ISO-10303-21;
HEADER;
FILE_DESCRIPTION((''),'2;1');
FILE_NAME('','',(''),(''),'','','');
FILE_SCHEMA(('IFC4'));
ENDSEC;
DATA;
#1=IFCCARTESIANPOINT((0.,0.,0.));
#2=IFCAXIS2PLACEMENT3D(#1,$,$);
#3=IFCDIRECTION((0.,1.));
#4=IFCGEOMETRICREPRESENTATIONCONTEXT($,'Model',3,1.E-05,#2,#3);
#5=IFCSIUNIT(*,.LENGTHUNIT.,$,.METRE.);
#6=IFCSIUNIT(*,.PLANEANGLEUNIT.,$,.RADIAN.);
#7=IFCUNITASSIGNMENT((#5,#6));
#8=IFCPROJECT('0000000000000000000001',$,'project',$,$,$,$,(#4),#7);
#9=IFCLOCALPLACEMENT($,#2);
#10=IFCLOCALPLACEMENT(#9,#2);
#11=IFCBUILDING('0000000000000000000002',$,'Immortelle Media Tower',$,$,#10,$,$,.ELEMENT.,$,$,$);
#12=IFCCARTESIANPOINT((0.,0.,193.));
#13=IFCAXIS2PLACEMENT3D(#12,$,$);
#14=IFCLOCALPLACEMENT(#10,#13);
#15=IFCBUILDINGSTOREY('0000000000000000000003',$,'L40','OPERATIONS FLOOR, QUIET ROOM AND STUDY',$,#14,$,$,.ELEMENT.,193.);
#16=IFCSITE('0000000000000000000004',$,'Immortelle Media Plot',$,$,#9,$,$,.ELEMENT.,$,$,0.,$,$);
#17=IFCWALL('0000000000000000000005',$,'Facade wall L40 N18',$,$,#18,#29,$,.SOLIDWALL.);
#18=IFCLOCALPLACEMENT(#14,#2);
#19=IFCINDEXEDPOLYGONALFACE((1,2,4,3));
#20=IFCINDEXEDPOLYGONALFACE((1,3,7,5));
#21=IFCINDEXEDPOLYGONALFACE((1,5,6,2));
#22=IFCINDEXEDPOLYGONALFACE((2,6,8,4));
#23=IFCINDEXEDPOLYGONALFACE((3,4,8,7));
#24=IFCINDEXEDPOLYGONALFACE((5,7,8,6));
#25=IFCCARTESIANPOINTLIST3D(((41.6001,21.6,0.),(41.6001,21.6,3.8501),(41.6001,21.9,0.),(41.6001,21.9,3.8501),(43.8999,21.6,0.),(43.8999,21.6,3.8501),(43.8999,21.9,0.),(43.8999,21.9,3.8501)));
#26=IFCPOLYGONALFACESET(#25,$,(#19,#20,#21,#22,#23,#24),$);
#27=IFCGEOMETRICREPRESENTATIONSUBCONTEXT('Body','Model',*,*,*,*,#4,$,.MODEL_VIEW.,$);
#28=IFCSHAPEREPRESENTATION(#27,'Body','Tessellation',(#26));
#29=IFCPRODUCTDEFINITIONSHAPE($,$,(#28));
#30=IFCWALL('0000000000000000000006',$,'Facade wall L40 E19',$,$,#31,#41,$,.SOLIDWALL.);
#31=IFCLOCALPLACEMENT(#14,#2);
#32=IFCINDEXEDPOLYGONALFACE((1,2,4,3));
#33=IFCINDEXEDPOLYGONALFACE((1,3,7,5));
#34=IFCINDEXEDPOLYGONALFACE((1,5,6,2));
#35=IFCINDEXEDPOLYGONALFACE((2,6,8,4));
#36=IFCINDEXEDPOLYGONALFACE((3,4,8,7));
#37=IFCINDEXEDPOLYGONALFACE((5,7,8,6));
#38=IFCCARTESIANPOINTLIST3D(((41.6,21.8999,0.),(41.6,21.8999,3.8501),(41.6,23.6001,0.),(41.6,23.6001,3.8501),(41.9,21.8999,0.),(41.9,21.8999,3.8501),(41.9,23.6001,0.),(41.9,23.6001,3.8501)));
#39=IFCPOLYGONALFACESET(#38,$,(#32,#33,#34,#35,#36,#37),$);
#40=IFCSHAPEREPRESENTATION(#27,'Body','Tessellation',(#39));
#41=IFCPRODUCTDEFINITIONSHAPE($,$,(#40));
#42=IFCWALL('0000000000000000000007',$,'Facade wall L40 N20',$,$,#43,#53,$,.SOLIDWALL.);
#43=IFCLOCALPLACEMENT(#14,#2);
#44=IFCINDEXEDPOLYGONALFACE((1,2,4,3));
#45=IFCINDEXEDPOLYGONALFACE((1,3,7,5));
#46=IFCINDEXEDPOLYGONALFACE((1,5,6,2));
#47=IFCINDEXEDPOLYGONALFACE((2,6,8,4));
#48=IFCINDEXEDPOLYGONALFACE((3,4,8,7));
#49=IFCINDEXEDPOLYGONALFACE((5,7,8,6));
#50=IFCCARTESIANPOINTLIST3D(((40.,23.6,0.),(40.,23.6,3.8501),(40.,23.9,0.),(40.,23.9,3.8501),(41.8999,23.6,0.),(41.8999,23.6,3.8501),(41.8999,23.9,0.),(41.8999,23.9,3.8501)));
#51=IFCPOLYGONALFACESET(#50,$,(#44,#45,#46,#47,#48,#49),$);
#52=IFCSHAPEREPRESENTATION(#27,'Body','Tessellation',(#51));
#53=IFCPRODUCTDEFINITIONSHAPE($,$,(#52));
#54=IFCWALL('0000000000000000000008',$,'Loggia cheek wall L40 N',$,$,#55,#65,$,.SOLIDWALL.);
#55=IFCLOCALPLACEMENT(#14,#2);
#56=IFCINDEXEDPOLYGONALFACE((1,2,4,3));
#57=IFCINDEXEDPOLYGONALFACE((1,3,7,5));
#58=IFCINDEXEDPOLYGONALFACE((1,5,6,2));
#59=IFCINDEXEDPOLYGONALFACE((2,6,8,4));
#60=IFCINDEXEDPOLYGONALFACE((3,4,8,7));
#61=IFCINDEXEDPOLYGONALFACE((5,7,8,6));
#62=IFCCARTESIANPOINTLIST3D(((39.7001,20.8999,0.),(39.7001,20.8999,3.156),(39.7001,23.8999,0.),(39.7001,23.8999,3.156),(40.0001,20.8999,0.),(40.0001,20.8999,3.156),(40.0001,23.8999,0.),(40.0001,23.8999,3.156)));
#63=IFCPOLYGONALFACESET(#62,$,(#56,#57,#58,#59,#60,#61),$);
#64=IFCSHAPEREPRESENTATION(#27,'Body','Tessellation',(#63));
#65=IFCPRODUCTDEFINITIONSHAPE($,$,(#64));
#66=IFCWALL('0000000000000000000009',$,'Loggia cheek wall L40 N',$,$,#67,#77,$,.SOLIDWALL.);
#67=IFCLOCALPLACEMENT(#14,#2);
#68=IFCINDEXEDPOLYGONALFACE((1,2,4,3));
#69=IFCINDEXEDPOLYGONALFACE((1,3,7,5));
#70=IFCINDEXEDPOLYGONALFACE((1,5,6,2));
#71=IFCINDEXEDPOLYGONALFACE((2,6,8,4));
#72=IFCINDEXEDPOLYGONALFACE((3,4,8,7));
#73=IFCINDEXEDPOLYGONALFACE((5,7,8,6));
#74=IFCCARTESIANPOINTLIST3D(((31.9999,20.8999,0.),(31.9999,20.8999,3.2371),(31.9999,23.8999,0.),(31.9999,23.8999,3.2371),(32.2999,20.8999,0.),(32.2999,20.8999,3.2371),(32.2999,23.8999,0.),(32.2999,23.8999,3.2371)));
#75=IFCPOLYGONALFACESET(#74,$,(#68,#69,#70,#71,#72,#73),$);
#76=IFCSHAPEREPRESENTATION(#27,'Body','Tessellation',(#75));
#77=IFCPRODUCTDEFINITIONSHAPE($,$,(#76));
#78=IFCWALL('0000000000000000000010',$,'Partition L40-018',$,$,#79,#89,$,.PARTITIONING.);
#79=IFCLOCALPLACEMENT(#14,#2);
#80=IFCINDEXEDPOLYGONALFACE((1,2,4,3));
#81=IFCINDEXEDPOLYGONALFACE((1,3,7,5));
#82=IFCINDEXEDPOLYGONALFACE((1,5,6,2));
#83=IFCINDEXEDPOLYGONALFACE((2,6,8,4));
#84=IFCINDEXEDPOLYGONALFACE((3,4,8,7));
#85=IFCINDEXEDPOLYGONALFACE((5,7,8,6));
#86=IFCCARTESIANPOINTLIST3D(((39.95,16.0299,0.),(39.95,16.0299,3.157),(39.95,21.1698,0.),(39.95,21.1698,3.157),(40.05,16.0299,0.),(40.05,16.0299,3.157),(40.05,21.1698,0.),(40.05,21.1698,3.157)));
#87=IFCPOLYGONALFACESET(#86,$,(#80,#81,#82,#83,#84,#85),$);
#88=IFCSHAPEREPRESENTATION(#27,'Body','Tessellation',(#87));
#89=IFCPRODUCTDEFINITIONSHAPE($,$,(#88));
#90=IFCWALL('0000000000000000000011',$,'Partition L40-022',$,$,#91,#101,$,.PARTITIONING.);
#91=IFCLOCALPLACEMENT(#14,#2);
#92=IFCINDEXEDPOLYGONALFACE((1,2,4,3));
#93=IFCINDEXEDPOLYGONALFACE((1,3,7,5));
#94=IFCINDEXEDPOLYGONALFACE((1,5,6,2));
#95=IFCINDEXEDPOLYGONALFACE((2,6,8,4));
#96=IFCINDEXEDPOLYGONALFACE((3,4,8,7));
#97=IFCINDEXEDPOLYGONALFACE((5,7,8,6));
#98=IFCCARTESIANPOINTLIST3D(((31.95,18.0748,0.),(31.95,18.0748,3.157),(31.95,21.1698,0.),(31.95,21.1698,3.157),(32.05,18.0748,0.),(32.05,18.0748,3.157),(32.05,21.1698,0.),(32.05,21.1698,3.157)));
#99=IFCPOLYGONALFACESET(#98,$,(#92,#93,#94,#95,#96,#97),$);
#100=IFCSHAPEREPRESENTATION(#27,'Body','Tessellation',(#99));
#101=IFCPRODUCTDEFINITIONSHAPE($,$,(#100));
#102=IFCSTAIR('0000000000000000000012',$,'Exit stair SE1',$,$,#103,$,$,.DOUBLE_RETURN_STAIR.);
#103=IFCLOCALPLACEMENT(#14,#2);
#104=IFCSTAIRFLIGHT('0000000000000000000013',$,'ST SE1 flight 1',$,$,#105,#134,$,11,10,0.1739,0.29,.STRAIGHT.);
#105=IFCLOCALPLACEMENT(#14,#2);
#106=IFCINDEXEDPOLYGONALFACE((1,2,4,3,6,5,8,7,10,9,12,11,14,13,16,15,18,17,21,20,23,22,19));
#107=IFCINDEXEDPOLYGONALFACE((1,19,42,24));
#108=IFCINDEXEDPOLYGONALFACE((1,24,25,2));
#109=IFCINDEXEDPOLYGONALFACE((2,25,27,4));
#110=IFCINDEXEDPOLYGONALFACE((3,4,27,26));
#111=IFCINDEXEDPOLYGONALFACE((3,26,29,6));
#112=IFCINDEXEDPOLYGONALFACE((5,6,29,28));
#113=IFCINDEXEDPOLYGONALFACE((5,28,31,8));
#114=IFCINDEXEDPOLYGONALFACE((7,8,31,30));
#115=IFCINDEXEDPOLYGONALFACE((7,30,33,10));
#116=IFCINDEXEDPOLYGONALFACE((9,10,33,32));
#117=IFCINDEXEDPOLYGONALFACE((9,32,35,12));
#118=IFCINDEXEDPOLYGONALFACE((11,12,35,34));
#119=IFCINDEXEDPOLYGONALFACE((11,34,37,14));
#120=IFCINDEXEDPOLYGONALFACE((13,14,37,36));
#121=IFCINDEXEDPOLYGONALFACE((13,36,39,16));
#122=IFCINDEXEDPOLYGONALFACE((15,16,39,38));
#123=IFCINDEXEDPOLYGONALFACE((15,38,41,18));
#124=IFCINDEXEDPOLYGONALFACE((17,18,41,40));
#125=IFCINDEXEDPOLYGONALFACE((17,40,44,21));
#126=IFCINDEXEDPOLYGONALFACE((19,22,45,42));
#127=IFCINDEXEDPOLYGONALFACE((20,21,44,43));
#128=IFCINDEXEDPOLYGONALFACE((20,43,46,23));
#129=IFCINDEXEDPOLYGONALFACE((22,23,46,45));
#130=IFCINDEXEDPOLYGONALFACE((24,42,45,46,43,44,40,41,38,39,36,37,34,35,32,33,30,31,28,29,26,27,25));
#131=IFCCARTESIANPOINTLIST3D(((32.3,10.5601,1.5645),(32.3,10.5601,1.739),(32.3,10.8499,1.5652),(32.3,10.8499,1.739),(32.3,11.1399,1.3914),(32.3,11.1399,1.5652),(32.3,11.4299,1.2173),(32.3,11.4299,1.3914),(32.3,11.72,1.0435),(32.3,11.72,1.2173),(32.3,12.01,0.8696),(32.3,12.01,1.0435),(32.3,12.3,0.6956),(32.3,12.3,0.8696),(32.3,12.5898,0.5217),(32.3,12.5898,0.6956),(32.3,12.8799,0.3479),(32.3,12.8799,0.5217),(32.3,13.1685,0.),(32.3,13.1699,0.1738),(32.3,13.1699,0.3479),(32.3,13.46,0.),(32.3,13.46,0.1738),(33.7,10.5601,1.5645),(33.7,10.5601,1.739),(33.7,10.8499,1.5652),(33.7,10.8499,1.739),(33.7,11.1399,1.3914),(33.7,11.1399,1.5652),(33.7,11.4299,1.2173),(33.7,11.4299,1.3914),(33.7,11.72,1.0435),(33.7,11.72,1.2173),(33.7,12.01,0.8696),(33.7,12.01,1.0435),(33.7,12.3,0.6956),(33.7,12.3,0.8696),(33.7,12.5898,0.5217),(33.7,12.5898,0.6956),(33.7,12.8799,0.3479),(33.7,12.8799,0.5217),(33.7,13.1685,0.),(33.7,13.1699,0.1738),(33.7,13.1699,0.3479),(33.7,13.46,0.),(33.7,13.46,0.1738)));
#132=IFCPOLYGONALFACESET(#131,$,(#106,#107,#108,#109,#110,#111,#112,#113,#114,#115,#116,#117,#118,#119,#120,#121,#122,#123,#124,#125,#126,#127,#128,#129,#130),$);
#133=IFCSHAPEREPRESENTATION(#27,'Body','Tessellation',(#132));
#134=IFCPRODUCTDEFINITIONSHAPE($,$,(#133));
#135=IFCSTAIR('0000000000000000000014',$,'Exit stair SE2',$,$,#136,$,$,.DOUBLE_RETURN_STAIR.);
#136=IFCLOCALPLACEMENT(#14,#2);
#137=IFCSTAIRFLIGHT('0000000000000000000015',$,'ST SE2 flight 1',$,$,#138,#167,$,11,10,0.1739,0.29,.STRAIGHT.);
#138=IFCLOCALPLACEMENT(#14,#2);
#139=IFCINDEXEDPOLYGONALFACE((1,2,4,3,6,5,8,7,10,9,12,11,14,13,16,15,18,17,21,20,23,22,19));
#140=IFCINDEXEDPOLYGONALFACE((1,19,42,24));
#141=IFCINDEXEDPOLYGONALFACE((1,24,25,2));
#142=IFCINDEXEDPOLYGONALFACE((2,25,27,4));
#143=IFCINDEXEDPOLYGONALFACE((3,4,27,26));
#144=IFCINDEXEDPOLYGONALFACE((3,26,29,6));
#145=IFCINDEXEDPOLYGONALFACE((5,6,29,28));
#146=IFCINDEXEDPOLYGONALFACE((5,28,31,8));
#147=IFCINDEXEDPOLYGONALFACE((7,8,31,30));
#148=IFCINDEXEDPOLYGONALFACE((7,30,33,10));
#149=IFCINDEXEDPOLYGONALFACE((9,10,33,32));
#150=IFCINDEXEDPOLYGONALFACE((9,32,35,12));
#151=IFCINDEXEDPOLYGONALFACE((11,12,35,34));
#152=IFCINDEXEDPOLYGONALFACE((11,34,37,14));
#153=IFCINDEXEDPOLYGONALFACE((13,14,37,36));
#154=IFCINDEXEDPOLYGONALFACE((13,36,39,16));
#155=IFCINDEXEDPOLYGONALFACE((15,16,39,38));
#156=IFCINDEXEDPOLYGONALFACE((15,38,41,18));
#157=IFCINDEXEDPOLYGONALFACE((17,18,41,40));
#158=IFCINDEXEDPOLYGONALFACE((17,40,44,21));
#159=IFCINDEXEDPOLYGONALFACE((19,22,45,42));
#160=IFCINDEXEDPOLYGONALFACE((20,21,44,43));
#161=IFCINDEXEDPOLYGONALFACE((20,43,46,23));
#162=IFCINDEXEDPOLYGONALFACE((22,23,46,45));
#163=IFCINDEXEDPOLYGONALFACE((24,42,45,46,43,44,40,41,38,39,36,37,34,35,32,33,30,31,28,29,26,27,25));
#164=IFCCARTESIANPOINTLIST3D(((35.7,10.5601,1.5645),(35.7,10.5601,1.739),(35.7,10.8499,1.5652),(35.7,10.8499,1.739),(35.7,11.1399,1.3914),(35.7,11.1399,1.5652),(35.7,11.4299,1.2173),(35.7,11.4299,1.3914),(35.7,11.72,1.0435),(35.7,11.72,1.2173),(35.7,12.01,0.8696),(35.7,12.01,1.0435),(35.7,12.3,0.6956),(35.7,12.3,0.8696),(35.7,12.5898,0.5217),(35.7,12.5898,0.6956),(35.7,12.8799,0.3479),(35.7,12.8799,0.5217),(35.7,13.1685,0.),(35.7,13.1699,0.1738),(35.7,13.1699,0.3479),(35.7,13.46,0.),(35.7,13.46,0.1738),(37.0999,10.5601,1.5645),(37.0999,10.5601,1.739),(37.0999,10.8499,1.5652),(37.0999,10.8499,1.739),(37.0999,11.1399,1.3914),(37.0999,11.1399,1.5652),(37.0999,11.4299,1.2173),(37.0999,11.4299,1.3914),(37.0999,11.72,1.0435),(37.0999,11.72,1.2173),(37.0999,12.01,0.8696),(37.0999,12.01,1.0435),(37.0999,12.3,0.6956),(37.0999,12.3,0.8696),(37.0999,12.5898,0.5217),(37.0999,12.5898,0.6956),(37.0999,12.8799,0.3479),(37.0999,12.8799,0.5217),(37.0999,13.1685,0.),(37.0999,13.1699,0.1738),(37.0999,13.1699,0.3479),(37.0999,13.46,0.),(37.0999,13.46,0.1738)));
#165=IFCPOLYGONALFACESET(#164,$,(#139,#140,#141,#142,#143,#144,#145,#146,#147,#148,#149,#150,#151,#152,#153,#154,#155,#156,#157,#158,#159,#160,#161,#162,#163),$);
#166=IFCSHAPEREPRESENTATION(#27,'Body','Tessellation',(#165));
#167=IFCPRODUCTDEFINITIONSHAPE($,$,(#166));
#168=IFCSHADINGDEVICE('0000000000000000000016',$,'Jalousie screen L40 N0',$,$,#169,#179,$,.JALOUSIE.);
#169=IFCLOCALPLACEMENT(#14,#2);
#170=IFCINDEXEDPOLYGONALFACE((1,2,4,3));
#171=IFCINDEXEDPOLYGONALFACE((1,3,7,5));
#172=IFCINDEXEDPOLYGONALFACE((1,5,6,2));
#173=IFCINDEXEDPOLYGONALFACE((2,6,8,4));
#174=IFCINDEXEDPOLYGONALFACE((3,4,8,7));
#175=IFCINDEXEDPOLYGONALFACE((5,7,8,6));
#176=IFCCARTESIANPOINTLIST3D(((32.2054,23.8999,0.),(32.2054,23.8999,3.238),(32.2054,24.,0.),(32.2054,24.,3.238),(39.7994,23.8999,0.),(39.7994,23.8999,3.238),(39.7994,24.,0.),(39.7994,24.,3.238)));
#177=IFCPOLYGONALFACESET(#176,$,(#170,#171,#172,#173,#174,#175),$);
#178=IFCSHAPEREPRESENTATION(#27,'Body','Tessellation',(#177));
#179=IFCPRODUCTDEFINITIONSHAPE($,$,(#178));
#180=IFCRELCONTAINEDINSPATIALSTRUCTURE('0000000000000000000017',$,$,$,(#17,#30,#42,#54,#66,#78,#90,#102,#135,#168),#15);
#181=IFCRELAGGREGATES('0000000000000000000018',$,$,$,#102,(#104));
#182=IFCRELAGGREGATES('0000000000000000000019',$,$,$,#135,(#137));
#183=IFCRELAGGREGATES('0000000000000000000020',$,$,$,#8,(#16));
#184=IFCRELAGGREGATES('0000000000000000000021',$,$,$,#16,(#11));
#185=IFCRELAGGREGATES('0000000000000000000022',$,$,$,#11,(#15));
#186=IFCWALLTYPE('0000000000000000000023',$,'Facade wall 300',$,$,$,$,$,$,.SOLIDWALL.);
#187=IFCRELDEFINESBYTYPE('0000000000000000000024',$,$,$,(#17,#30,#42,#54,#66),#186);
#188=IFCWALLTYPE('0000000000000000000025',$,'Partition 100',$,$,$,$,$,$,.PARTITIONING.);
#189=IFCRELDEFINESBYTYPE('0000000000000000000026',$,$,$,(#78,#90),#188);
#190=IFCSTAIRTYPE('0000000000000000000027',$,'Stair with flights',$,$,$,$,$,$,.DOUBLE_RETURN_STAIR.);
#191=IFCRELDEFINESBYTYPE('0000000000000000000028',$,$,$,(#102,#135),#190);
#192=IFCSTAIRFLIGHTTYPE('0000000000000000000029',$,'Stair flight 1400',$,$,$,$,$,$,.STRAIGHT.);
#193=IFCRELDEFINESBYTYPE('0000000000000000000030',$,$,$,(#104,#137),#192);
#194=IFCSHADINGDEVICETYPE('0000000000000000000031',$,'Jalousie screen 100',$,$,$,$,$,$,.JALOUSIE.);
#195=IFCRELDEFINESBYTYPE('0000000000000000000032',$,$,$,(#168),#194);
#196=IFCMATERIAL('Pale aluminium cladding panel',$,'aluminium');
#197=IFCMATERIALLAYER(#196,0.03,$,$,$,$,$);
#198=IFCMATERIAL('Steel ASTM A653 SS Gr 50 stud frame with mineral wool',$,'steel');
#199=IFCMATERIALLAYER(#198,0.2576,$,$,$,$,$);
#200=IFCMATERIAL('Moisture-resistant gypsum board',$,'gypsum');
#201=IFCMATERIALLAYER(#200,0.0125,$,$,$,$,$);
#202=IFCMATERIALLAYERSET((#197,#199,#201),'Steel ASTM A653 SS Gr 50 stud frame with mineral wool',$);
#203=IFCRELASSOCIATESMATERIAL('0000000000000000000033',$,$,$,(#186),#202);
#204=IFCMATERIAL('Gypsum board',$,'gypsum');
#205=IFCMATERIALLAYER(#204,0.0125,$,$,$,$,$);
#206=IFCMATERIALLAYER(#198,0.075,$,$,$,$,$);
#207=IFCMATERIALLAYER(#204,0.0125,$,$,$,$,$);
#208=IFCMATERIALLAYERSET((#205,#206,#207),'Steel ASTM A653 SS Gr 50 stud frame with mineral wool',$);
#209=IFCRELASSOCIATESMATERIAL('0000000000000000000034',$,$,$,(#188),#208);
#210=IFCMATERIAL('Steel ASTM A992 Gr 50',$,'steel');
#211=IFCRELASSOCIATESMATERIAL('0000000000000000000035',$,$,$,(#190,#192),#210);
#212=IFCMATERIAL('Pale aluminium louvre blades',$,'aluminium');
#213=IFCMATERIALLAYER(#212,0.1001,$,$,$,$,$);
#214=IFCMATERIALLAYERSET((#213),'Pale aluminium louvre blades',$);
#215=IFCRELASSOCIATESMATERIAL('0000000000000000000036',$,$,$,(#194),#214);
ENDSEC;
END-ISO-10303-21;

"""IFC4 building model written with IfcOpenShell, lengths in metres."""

from ifc_helpers import new_model, si_unit, direction, frame, frame_2d, origin, origin_2d, place, context, subcontext, project, spatial, polyline, rectangle, outline, extrude, material, layer, layer_set, type_object, element, aggregate, save


model = new_model("IFC4")

# Units and contexts
model_context = context("Model", 3, precision=1e-05, world=origin(), true_north=direction((0.0, 1.0)))
body_context = subcontext(model_context, "Body", "Model", "MODEL_VIEW")
ifc_project = project(units=[si_unit("LENGTHUNIT", "METRE"), si_unit("PLANEANGLEUNIT", "RADIAN")], contexts=[model_context])

# Site, building, storey
site_placement = place(None, origin())
site = spatial("IfcSite", under=ifc_project, at=site_placement, Name="Immortelle Media Plot", CompositionType="ELEMENT", RefElevation=0.0)
building_placement = place(site_placement, origin())
building = spatial("IfcBuilding", under=site, at=building_placement, Name="Immortelle Media Tower", CompositionType="ELEMENT")
storey_placement = place(building_placement, frame((0.0, 0.0, 193.0)))
storey = spatial("IfcBuildingStorey", under=building, at=storey_placement, Name="L40", Description="OPERATIONS FLOOR, QUIET ROOM AND STUDY", CompositionType="ELEMENT", Elevation=193.0)

# Shared definitions
ifc_material_1 = material(Name="Steel ASTM A992 Gr 50", Category="steel")

# Walls
ifc_material_2 = material(Name="Steel ASTM A653 SS Gr 50 stud frame with mineral wool", Category="steel")
ifc_material_3 = material(Name="Pale aluminium cladding panel", Category="aluminium")
ifc_layer_1 = layer(ifc_material_3, 0.03)
ifc_layer_2 = layer(ifc_material_2, 0.2576)
ifc_material_4 = material(Name="Moisture-resistant gypsum board", Category="gypsum")
ifc_layer_3 = layer(ifc_material_4, 0.0125)
ifc_layer_set_1 = layer_set([ifc_layer_1, ifc_layer_2, ifc_layer_3], Name="Steel ASTM A653 SS Gr 50 stud frame with mineral wool")
wall_type_1 = type_object("IfcWallType", Name="Facade wall 300", PredefinedType="SOLIDWALL", material=ifc_layer_set_1)
wall_1_placement = place(storey_placement, frame((43.8999, 21.75, 0.0), z_axis=(0.0, 0.0, 1.0), x_axis=(-1.0, 0.0, 0.0)))
element("IfcWall", 1, at=wall_1_placement, inside=storey, type_object=wall_type_1, Name="Facade wall L40 N18", PredefinedType="SOLIDWALL", context=body_context, shape_type="SweptSolid", body=[
    extrude(rectangle(XDim=2.2998, YDim=0.3, at=frame_2d((1.1499, 0.0))), origin(), (0.0, 0.0, 1.0), 3.8501),
])
wall_2_placement = place(storey_placement, frame((41.75, 21.8999, 0.0), z_axis=(0.0, 0.0, 1.0), x_axis=(0.0, 1.0, 0.0)))
element("IfcWall", 2, at=wall_2_placement, inside=storey, type_object=wall_type_1, Name="Facade wall L40 E19", PredefinedType="SOLIDWALL", context=body_context, shape_type="SweptSolid", body=[
    extrude(rectangle(XDim=1.7002, YDim=0.3, at=frame_2d((0.8501, 0.0))), origin(), (0.0, 0.0, 1.0), 3.8501),
])
wall_3_placement = place(storey_placement, frame((41.8999, 23.75, 0.0), z_axis=(0.0, 0.0, 1.0), x_axis=(-1.0, 0.0, 0.0)))
element("IfcWall", 3, at=wall_3_placement, inside=storey, type_object=wall_type_1, Name="Facade wall L40 N20", PredefinedType="SOLIDWALL", context=body_context, shape_type="SweptSolid", body=[
    extrude(rectangle(XDim=1.8999, YDim=0.3, at=frame_2d((0.95, 0.0))), origin(), (0.0, 0.0, 1.0), 3.8501),
])

# Walls
wall_4_placement = place(storey_placement, frame((39.8501, 23.8999, 0.0), z_axis=(0.0, 0.0, 1.0), x_axis=(0.0, -1.0, 0.0)))
element("IfcWall", 4, at=wall_4_placement, inside=storey, type_object=wall_type_1, Name="Loggia cheek wall L40 N", PredefinedType="SOLIDWALL", context=body_context, shape_type="SweptSolid", body=[
    extrude(rectangle(XDim=3.0, YDim=0.3, at=frame_2d((1.5, 0.0))), origin(), (0.0, 0.0, 1.0), 3.156),
])
wall_5_placement = place(storey_placement, frame((32.1499, 23.8999, 0.0), z_axis=(0.0, 0.0, 1.0), x_axis=(0.0, -1.0, 0.0)))
element("IfcWall", 5, at=wall_5_placement, inside=storey, type_object=wall_type_1, Name="Loggia cheek wall L40 N", PredefinedType="SOLIDWALL", context=body_context, shape_type="SweptSolid", body=[
    extrude(rectangle(XDim=3.0, YDim=0.3, at=frame_2d((1.5, 0.0))), origin(), (0.0, 0.0, 1.0), 3.2371),
])
ifc_material_5 = material(Name="Gypsum board", Category="gypsum")
ifc_layer_4 = layer(ifc_material_5, 0.0125)
ifc_layer_5 = layer(ifc_material_2, 0.075)
ifc_layer_6 = layer(ifc_material_5, 0.0125)
ifc_layer_set_2 = layer_set([ifc_layer_4, ifc_layer_5, ifc_layer_6], Name="Steel ASTM A653 SS Gr 50 stud frame with mineral wool")
wall_type_2 = type_object("IfcWallType", Name="Partition 100", PredefinedType="PARTITIONING", material=ifc_layer_set_2)
wall_6_placement = place(storey_placement, frame((40.0, 16.03, 0.0), z_axis=(0.0, 0.0, 1.0), x_axis=(0.0, 1.0, 0.0)))
element("IfcWall", 6, at=wall_6_placement, inside=storey, type_object=wall_type_2, Name="Partition L40-018", PredefinedType="PARTITIONING", context=body_context, shape_type="SweptSolid", body=[
    extrude(rectangle(XDim=5.1399, YDim=0.1001, at=frame_2d((2.5698, 0.0))), origin(), (0.0, 0.0, 1.0), 3.157),
])
wall_7_placement = place(storey_placement, frame((32.0, 18.075, 0.0), z_axis=(0.0, 0.0, 1.0), x_axis=(0.0, 1.0, 0.0)))
element("IfcWall", 7, at=wall_7_placement, inside=storey, type_object=wall_type_2, Name="Partition L40-022", PredefinedType="PARTITIONING", context=body_context, shape_type="SweptSolid", body=[
    extrude(rectangle(XDim=3.095, YDim=0.1001, at=frame_2d((1.5474, 0.0))), origin(), (0.0, 0.0, 1.0), 3.157),
])

# Stairs, stair flights
stair_type = type_object("IfcStairType", Name="Stair with flights", PredefinedType="DOUBLE_RETURN_STAIR", material=ifc_material_1)
stair_1_placement = place(storey_placement, origin())
stair_1 = element("IfcStair", 8, at=stair_1_placement, inside=storey, type_object=stair_type, Name="Exit stair SE1", PredefinedType="DOUBLE_RETURN_STAIR")
stair_flight_type = type_object("IfcStairFlightType", Name="Stair flight 1400", PredefinedType="STRAIGHT", material=ifc_material_1)
stair_flight_1_placement = place(storey_placement, frame((33.0, 13.46, 0.0), z_axis=(0.0, 0.0, 1.0), x_axis=(0.0, -1.0, 0.0)))
stair_flight_1 = element("IfcStairFlight", 9, at=stair_flight_1_placement, type_object=stair_flight_type, Name="ST SE1 flight 1", NumberOfRisers=11, NumberOfTreads=10, PredefinedType="STRAIGHT", RiserHeight=0.1739, TreadLength=0.29, context=body_context, shape_type="SweptSolid", body=[
    extrude(outline(polyline([(0.0, 0.0), (0.0, 0.1738), (0.29, 0.1738), (0.29, 0.3479), (0.5801, 0.3479), (0.5801, 0.5217), (0.8701, 0.5217), (0.8701, 0.6956), (1.1599, 0.6956), (1.1599, 0.8696), (1.45, 0.8696), (1.45, 1.0435), (1.74, 1.0435), (1.74, 1.2173), (2.03, 1.2173), (2.03, 1.3914), (2.3201, 1.3914), (2.3201, 1.5652), (2.6101, 1.5652), (2.6101, 1.739), (2.8999, 1.739), (2.8999, 1.9131), (2.8999, 1.5645), (0.2915, 0.0), (0.0, 0.0)])), frame((0.0, 0.7, 0.0), z_axis=(0.0, -1.0, 0.0), x_axis=(1.0, 0.0, 0.0)), (0.0, 0.0, 1.0), 1.3999),
])
aggregate(stair_1, [stair_flight_1])
stair_2_placement = place(storey_placement, origin())
stair_2 = element("IfcStair", 10, at=stair_2_placement, inside=storey, type_object=stair_type, Name="Exit stair SE2", PredefinedType="DOUBLE_RETURN_STAIR")
stair_flight_2_placement = place(storey_placement, frame((36.3999, 13.46, 0.0), z_axis=(0.0, 0.0, 1.0), x_axis=(0.0, -1.0, 0.0)))
stair_flight_2 = element("IfcStairFlight", 11, at=stair_flight_2_placement, type_object=stair_flight_type, Name="ST SE2 flight 1", NumberOfRisers=11, NumberOfTreads=10, PredefinedType="STRAIGHT", RiserHeight=0.1739, TreadLength=0.29, context=body_context, shape_type="SweptSolid", body=[
    extrude(outline(polyline([(0.0, 0.0), (0.0, 0.1738), (0.29, 0.1738), (0.29, 0.3479), (0.5801, 0.3479), (0.5801, 0.5217), (0.8701, 0.5217), (0.8701, 0.6956), (1.1599, 0.6956), (1.1599, 0.8696), (1.45, 0.8696), (1.45, 1.0435), (1.74, 1.0435), (1.74, 1.2173), (2.03, 1.2173), (2.03, 1.3914), (2.3201, 1.3914), (2.3201, 1.5652), (2.6101, 1.5652), (2.6101, 1.739), (2.8999, 1.739), (2.8999, 1.9131), (2.8999, 1.5645), (0.2915, 0.0), (0.0, 0.0)])), frame((0.0, 0.7, 0.0), z_axis=(0.0, -1.0, 0.0), x_axis=(1.0, 0.0, 0.0)), (0.0, 0.0, 1.0), 1.3999),
])
aggregate(stair_2, [stair_flight_2])

# Shading device
ifc_material_6 = material(Name="Pale aluminium louvre blades", Category="aluminium")
ifc_layer_7 = layer(ifc_material_6, 0.1001)
ifc_layer_set_3 = layer_set([ifc_layer_7], Name="Pale aluminium louvre blades")
shading_device_type = type_object("IfcShadingDeviceType", Name="Jalousie screen 100", PredefinedType="JALOUSIE", material=ifc_layer_set_3)
shading_device_placement = place(storey_placement, frame((36.0024, 23.95, 0.0), z_axis=(0.0, 0.0, 1.0), x_axis=(-1.0, 0.0, 0.0)))
element("IfcShadingDevice", 12, at=shading_device_placement, inside=storey, type_object=shading_device_type, Name="Jalousie screen L40 N0", PredefinedType="JALOUSIE", context=body_context, shape_type="SweptSolid", body=[
    extrude(rectangle(XDim=7.594, YDim=0.1001, at=origin_2d()), origin(), (0.0, 0.0, 1.0), 3.238),
])

save(model, "model.ifc")
